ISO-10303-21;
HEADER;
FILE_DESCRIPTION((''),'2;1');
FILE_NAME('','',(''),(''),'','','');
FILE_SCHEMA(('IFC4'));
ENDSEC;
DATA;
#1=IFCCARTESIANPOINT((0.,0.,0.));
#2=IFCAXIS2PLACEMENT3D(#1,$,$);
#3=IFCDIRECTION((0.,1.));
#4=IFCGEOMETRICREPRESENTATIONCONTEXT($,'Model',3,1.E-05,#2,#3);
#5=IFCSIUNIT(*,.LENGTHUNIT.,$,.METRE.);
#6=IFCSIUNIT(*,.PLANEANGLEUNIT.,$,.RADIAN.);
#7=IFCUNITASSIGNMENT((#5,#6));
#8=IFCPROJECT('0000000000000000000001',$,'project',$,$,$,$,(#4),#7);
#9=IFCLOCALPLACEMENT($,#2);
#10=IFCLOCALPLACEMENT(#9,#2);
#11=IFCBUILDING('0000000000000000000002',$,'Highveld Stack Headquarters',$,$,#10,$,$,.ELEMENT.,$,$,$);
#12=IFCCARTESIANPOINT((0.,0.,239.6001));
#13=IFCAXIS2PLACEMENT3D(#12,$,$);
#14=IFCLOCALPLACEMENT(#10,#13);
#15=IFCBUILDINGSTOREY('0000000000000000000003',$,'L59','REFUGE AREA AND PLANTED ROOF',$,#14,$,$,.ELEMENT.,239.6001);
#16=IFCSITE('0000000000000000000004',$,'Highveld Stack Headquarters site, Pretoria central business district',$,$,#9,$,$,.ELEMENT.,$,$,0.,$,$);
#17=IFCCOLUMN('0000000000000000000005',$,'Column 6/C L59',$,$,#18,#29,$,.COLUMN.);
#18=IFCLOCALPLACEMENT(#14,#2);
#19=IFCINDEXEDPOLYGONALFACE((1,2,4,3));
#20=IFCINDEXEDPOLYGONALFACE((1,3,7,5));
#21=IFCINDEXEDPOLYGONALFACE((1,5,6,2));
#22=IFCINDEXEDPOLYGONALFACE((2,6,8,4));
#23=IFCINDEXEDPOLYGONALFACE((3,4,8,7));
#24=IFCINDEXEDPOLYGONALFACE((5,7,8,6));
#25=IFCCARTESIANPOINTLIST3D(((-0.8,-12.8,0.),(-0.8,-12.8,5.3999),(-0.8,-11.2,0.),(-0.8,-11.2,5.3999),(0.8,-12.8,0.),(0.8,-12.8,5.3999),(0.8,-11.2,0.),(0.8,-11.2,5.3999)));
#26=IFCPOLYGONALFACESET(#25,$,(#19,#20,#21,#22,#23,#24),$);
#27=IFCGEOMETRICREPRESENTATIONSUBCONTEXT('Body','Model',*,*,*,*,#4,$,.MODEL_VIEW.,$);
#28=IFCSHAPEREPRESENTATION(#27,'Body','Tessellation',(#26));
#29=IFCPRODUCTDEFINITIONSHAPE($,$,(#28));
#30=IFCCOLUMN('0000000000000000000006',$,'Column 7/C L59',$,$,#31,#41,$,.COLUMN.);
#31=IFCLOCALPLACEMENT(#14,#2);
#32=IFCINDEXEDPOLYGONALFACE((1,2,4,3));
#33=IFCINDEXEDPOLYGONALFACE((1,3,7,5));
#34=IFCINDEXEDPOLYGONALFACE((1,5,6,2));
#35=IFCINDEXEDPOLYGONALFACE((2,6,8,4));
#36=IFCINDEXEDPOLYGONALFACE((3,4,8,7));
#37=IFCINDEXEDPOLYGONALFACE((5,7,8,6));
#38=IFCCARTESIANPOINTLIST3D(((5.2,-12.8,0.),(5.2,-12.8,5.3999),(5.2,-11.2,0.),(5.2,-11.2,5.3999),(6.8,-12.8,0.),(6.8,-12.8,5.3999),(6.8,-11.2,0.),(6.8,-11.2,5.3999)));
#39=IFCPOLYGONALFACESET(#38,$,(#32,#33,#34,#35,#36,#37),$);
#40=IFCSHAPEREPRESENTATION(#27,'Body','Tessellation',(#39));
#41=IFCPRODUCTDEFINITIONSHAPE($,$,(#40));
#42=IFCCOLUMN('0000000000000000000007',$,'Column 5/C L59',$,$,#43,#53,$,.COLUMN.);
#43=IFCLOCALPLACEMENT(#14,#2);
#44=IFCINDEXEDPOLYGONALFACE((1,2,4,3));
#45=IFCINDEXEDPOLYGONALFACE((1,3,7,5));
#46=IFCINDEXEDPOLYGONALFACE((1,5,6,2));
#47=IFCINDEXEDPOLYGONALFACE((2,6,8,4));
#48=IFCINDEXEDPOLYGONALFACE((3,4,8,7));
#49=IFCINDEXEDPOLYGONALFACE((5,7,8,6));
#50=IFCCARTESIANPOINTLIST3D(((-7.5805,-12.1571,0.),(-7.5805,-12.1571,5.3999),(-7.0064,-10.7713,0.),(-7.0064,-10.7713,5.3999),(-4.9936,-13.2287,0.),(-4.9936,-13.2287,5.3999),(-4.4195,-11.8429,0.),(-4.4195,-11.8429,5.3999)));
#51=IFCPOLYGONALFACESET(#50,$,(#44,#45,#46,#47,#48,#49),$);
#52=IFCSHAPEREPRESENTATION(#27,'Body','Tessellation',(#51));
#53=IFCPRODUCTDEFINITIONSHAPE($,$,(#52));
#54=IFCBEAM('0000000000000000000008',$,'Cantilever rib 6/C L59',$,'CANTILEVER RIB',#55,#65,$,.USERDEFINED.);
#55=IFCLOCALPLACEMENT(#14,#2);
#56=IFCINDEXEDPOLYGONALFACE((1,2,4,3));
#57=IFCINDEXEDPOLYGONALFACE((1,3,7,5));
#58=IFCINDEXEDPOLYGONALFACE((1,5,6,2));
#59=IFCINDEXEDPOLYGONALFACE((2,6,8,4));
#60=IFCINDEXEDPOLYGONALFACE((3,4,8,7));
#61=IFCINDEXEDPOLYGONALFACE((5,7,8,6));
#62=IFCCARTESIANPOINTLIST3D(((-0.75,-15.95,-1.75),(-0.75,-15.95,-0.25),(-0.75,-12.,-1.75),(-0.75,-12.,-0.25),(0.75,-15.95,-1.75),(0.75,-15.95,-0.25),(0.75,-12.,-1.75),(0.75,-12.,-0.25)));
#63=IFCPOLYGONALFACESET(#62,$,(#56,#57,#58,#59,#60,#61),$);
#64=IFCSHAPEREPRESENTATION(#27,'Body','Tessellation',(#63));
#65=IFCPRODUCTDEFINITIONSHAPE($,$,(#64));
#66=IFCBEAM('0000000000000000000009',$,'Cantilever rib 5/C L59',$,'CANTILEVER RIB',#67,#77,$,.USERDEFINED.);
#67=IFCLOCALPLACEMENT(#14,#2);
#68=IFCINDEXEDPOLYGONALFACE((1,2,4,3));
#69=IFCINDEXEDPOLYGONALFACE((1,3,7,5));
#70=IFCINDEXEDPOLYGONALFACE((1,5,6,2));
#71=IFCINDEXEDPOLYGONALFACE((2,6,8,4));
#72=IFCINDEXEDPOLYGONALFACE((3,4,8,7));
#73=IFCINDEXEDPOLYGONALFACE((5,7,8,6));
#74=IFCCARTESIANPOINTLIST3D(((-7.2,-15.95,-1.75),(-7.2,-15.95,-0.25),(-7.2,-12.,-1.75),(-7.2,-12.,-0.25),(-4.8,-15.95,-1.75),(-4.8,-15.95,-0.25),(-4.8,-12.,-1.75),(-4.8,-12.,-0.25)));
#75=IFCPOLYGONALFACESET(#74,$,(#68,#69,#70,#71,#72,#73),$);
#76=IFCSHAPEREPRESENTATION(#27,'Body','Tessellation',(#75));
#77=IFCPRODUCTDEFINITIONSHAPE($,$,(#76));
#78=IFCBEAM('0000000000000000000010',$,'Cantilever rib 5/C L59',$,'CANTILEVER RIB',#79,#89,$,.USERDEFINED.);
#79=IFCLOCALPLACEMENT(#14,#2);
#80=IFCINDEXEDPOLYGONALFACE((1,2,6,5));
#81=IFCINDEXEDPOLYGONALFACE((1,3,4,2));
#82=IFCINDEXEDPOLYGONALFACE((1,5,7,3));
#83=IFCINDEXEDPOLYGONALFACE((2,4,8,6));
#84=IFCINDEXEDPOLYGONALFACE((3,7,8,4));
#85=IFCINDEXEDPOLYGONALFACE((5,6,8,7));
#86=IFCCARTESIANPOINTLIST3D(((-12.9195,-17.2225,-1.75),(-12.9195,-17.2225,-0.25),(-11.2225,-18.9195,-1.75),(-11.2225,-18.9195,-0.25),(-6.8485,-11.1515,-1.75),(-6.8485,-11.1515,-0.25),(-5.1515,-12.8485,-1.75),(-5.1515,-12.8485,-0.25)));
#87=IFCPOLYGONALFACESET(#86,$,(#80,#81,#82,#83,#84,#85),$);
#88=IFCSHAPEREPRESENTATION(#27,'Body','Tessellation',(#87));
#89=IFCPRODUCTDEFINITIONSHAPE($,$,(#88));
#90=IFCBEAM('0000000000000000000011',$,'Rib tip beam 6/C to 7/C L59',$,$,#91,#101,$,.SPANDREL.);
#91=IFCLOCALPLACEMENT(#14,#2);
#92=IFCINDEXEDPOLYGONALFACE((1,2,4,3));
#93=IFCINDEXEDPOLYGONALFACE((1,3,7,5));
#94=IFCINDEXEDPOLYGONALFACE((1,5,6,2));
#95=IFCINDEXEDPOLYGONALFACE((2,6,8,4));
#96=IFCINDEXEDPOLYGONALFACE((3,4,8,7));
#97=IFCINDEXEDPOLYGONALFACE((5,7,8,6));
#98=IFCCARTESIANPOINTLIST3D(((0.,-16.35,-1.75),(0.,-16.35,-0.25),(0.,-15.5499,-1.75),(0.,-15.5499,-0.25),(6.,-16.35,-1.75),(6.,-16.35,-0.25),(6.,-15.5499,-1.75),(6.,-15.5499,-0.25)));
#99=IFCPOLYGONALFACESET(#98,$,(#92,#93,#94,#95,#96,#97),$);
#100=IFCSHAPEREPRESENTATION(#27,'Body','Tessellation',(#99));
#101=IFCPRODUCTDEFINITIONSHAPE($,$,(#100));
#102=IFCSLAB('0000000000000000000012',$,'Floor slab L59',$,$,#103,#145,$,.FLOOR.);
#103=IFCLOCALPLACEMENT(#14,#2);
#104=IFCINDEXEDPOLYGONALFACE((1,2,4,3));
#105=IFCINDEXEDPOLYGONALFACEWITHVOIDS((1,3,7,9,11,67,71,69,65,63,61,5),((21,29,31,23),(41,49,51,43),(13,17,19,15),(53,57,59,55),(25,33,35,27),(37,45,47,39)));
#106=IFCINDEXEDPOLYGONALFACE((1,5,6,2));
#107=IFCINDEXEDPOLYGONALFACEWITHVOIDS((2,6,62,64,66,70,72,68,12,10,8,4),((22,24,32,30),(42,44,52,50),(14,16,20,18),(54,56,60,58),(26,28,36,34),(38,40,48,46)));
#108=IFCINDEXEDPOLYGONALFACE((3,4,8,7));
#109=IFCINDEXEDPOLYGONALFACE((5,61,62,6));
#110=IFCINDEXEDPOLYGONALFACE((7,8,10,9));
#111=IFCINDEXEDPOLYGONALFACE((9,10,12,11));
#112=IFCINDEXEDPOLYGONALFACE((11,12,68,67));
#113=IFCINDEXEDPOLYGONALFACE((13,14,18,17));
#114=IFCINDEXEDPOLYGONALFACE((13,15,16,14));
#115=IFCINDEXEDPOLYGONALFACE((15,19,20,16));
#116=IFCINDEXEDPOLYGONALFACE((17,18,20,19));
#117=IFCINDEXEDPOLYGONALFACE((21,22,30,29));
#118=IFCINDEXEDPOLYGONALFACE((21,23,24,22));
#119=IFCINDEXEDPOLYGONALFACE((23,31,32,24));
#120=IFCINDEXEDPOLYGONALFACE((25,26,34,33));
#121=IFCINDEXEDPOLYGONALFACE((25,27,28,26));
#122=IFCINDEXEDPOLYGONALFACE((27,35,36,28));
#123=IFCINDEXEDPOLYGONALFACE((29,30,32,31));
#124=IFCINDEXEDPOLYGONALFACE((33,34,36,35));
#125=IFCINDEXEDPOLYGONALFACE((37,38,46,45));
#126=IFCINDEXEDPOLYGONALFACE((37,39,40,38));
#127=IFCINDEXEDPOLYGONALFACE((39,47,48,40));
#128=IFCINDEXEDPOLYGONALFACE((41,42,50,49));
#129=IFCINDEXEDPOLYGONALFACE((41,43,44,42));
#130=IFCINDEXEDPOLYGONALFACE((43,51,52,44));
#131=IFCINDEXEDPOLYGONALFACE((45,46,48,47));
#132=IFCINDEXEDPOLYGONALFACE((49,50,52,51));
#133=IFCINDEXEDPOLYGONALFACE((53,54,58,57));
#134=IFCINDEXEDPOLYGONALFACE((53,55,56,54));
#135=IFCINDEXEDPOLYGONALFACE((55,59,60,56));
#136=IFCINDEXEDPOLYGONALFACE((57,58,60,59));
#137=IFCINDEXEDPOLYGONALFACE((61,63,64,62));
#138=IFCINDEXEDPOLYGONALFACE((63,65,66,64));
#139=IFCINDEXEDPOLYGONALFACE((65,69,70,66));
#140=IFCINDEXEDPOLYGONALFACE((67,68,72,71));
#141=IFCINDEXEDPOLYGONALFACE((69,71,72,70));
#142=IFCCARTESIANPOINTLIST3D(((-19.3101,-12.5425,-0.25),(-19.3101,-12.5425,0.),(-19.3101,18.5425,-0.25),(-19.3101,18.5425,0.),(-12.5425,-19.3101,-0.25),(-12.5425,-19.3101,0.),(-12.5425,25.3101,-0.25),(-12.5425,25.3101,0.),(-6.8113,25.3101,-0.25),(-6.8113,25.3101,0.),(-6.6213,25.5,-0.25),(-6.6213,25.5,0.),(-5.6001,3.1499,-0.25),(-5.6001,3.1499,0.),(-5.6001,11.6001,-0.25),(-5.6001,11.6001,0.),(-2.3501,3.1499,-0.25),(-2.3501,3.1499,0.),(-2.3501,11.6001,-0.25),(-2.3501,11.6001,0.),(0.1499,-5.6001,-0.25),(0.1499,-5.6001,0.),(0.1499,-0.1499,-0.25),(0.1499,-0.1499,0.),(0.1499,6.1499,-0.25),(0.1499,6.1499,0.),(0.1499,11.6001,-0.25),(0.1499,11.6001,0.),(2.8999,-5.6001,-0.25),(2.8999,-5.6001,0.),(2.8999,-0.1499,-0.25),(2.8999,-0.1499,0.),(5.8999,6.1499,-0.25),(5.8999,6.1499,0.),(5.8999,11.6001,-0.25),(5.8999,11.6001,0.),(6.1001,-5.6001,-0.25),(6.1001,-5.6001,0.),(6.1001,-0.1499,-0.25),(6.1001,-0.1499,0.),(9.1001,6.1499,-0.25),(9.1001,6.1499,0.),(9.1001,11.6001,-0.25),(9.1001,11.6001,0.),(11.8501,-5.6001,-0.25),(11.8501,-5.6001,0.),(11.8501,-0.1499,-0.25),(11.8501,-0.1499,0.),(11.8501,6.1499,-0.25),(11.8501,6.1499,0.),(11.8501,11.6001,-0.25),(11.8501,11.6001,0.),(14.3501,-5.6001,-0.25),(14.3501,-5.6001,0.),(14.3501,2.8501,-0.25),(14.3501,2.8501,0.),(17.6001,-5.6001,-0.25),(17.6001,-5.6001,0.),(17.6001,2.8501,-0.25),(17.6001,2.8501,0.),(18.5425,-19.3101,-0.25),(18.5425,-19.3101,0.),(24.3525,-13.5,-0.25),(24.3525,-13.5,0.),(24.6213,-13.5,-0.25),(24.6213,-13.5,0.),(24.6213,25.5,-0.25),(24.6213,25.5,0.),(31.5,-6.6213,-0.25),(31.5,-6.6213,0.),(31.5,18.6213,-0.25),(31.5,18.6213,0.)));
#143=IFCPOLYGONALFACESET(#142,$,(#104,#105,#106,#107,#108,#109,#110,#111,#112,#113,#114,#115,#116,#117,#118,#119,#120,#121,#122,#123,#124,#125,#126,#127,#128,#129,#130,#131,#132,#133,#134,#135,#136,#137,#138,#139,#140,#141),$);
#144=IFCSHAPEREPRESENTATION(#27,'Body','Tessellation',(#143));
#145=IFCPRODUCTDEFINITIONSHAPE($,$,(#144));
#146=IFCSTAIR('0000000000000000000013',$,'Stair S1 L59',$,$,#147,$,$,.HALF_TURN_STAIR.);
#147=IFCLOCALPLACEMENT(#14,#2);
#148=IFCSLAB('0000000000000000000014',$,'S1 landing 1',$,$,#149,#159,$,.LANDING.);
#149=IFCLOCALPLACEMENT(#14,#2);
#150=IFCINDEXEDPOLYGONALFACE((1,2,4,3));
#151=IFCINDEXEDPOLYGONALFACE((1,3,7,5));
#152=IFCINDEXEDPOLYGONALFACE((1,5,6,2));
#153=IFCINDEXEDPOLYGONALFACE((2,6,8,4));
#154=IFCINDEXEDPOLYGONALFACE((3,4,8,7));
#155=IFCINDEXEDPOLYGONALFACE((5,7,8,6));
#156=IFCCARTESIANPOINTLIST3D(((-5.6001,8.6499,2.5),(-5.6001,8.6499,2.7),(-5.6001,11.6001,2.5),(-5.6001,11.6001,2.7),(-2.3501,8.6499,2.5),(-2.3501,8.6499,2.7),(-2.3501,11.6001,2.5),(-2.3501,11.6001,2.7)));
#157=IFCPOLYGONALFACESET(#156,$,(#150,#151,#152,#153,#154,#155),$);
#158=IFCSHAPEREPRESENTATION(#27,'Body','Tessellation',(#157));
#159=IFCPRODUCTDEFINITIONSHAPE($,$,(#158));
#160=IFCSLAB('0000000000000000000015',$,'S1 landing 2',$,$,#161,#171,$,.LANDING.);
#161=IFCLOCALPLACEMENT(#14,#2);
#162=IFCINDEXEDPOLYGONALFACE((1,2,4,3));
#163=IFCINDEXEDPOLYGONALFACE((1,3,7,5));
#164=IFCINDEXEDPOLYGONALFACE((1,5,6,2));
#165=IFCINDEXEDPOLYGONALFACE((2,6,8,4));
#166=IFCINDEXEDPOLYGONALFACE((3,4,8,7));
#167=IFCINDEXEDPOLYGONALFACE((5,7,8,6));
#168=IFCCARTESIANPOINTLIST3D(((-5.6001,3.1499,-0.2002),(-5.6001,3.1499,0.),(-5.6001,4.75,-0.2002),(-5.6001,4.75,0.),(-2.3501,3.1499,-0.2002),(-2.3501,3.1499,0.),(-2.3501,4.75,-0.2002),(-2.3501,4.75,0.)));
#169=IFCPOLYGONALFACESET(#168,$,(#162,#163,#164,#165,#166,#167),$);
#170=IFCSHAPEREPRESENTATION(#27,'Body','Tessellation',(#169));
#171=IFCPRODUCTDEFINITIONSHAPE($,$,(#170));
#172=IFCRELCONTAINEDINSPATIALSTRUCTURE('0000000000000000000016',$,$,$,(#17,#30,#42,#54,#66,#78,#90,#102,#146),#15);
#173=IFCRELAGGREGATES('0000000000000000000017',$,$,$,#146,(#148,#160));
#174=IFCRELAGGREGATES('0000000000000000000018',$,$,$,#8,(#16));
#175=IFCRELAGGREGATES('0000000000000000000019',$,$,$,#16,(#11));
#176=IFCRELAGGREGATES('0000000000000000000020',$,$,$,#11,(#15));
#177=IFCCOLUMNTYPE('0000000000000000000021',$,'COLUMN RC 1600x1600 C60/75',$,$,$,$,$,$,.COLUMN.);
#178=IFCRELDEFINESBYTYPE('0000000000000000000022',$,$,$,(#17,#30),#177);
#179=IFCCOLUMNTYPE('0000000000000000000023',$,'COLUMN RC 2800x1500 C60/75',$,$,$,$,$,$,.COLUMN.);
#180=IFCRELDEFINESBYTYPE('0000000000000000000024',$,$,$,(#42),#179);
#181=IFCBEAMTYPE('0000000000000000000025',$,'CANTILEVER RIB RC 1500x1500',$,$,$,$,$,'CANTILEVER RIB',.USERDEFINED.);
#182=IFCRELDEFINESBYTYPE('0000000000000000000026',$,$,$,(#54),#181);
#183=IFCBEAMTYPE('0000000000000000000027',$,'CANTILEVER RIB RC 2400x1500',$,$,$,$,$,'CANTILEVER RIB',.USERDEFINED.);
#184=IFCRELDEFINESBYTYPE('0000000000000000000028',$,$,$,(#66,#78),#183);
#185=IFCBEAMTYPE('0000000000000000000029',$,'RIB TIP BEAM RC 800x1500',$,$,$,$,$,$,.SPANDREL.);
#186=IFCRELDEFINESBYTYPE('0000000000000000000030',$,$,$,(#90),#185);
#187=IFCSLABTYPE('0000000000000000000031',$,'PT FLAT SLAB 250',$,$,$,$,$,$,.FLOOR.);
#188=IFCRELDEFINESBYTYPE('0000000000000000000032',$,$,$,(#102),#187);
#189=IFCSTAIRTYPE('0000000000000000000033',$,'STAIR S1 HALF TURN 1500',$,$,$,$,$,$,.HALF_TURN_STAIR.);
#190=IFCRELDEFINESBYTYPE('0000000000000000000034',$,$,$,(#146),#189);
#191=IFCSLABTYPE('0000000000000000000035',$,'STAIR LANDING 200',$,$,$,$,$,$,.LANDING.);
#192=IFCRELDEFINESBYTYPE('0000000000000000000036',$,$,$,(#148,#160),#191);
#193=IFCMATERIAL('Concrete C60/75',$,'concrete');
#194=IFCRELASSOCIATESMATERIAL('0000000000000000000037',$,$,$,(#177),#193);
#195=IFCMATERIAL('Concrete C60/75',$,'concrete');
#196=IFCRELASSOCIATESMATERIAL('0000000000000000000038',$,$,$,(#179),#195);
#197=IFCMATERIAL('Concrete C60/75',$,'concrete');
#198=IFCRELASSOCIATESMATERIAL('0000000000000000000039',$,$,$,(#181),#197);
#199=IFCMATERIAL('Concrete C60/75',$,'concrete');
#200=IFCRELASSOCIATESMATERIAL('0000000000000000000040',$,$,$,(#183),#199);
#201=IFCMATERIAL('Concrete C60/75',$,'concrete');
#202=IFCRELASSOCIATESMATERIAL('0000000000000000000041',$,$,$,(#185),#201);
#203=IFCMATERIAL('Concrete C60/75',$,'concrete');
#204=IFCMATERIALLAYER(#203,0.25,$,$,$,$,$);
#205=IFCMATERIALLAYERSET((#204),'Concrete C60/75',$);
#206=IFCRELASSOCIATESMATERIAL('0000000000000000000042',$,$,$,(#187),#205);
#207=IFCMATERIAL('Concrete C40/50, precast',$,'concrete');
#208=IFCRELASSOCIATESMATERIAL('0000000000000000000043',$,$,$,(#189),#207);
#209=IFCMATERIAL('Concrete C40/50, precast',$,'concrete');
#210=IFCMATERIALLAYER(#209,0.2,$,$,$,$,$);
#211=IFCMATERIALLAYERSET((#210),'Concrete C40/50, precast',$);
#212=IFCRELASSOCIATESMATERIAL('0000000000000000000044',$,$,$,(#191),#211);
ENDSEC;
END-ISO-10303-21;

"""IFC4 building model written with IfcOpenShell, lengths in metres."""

from ifc_helpers import new_model, si_unit, direction, frame, origin, origin_2d, place, context, subcontext, project, spatial, polyline, rectangle, outline, extrude, material, layer, layer_set, material_profile, profile_set, type_object, element, aggregate, save


model = new_model("IFC4")

# Units and contexts
model_context = context("Model", 3, precision=1e-05, world=origin(), true_north=direction((0.0, 1.0)))
body_context = subcontext(model_context, "Body", "Model", "MODEL_VIEW")
ifc_project = project(units=[si_unit("LENGTHUNIT", "METRE"), si_unit("PLANEANGLEUNIT", "RADIAN")], contexts=[model_context])

# Site, building, storey
site_placement = place(None, origin())
site = spatial("IfcSite", under=ifc_project, at=site_placement, Name="Highveld Stack Headquarters site, Pretoria central business district", CompositionType="ELEMENT", RefElevation=0.0)
building_placement = place(site_placement, origin())
building = spatial("IfcBuilding", under=site, at=building_placement, Name="Highveld Stack Headquarters", CompositionType="ELEMENT")
storey_placement = place(building_placement, frame((0.0, 0.0, 239.6001)))
storey = spatial("IfcBuildingStorey", under=building, at=storey_placement, Name="L59", Description="REFUGE AREA AND PLANTED ROOF", CompositionType="ELEMENT", Elevation=239.6001)

# Columns
ifc_material_1 = material(Name="Concrete C60/75", Category="concrete")
ifc_material_profile_1 = material_profile(ifc_material_1, rectangle(XDim=1.6001, YDim=1.6001, at=origin_2d()), Name="RC 1600x1600")
ifc_profile_set_1 = profile_set([ifc_material_profile_1], Name="Concrete C60/75")
column_type_1 = type_object("IfcColumnType", Name="COLUMN RC 1600x1600 C60/75", PredefinedType="COLUMN", material=ifc_profile_set_1)
for number, where, z_axis, x_axis, name in (
    (1, (0.0, -12.0, 0.0), (0.0, 0.0, 1.0), (1.0, 0.0, 0.0), "Column 6/C L59"),
    (2, (6.0, -12.0, 0.0), (0.0, 0.0, 1.0), (1.0, 0.0, 0.0), "Column 7/C L59"),
):
    element("IfcColumn", number, at=place(storey_placement, frame(where, z_axis=z_axis, x_axis=x_axis)), inside=storey, type_object=column_type_1, Name=name, PredefinedType="COLUMN", context=body_context, shape_type="SweptSolid", body=[
        extrude(rectangle(XDim=1.6001, YDim=1.6001, at=origin_2d()), origin(), (0.0, 0.0, 1.0), 5.3999),
    ])
ifc_material_2 = material(Name="Concrete C60/75", Category="concrete")
ifc_material_profile_2 = material_profile(ifc_material_2, rectangle(XDim=2.8, YDim=1.5, at=origin_2d()), Name="RC 2800x1500")
ifc_profile_set_2 = profile_set([ifc_material_profile_2], Name="Concrete C60/75")
column_type_2 = type_object("IfcColumnType", Name="COLUMN RC 2800x1500 C60/75", PredefinedType="COLUMN", material=ifc_profile_set_2)
column_placement = place(storey_placement, frame((-6.0, -12.0, 0.0), z_axis=(0.0, 0.0, 1.0), x_axis=(-0.92388, 0.382683, 0.0)))
element("IfcColumn", 3, at=column_placement, inside=storey, type_object=column_type_2, Name="Column 5/C L59", PredefinedType="COLUMN", context=body_context, shape_type="SweptSolid", body=[
    extrude(rectangle(XDim=2.8, YDim=1.5, at=origin_2d()), origin(), (0.0, 0.0, 1.0), 5.3999),
])

# Beams
ifc_material_3 = material(Name="Concrete C60/75", Category="concrete")
ifc_material_profile_3 = material_profile(ifc_material_3, rectangle(XDim=1.5, YDim=1.5, at=origin_2d()), Name="RC 1500x1500")
ifc_profile_set_3 = profile_set([ifc_material_profile_3], Name="Concrete C60/75")
beam_type_1 = type_object("IfcBeamType", Name="CANTILEVER RIB RC 1500x1500", ElementType="CANTILEVER RIB", PredefinedType="USERDEFINED", material=ifc_profile_set_3)
beam_1_placement = place(storey_placement, frame((0.0, -12.0, -1.0), z_axis=(0.0, -1.0, 0.0), x_axis=(1.0, 0.0, 0.0)))
element("IfcBeam", 4, at=beam_1_placement, inside=storey, type_object=beam_type_1, Name="Cantilever rib 6/C L59", ObjectType="CANTILEVER RIB", PredefinedType="USERDEFINED", context=body_context, shape_type="SweptSolid", body=[
    extrude(rectangle(XDim=1.5, YDim=1.5, at=origin_2d()), origin(), (0.0, 0.0, 1.0), 3.95),
])
ifc_material_4 = material(Name="Concrete C60/75", Category="concrete")
ifc_material_profile_4 = material_profile(ifc_material_4, rectangle(XDim=2.3999, YDim=1.5, at=origin_2d()), Name="RC 2400x1500")
ifc_profile_set_4 = profile_set([ifc_material_profile_4], Name="Concrete C60/75")
beam_type_2 = type_object("IfcBeamType", Name="CANTILEVER RIB RC 2400x1500", ElementType="CANTILEVER RIB", PredefinedType="USERDEFINED", material=ifc_profile_set_4)
beam_2_placement = place(storey_placement, frame((-6.0, -12.0, -1.0), z_axis=(0.0, -1.0, 0.0), x_axis=(1.0, 0.0, 0.0)))
element("IfcBeam", 5, at=beam_2_placement, inside=storey, type_object=beam_type_2, Name="Cantilever rib 5/C L59", ObjectType="CANTILEVER RIB", PredefinedType="USERDEFINED", context=body_context, shape_type="SweptSolid", body=[
    extrude(rectangle(XDim=2.3999, YDim=1.5, at=origin_2d()), origin(), (0.0, 0.0, 1.0), 3.95),
])
beam_3_placement = place(storey_placement, frame((-6.0, -12.0, -1.0), z_axis=(-0.707107, -0.707107, 0.0), x_axis=(0.707107, -0.707107, 0.0)))
element("IfcBeam", 6, at=beam_3_placement, inside=storey, type_object=beam_type_2, Name="Cantilever rib 5/C L59", ObjectType="CANTILEVER RIB", PredefinedType="USERDEFINED", context=body_context, shape_type="SweptSolid", body=[
    extrude(rectangle(XDim=2.3999, YDim=1.5, at=origin_2d()), origin(), (0.0, 0.0, 1.0), 8.5857),
])
ifc_material_5 = material(Name="Concrete C60/75", Category="concrete")
ifc_material_profile_5 = material_profile(ifc_material_5, rectangle(XDim=0.8, YDim=1.5, at=origin_2d()), Name="RC 800x1500")
ifc_profile_set_5 = profile_set([ifc_material_profile_5], Name="Concrete C60/75")
beam_type_3 = type_object("IfcBeamType", Name="RIB TIP BEAM RC 800x1500", PredefinedType="SPANDREL", material=ifc_profile_set_5)
beam_4_placement = place(storey_placement, frame((0.0, -15.95, -1.0), z_axis=(1.0, 0.0, 0.0), x_axis=(0.0, 1.0, 0.0)))
element("IfcBeam", 7, at=beam_4_placement, inside=storey, type_object=beam_type_3, Name="Rib tip beam 6/C to 7/C L59", PredefinedType="SPANDREL", context=body_context, shape_type="SweptSolid", body=[
    extrude(rectangle(XDim=0.8, YDim=1.5, at=origin_2d()), origin(), (0.0, 0.0, 1.0), 6.0),
])

# Slab
ifc_material_6 = material(Name="Concrete C60/75", Category="concrete")
ifc_layer_1 = layer(ifc_material_6, 0.25)
ifc_layer_set_1 = layer_set([ifc_layer_1], Name="Concrete C60/75")
slab_type_1 = type_object("IfcSlabType", Name="PT FLAT SLAB 250", PredefinedType="FLOOR", material=ifc_layer_set_1)
slab_1_placement = place(storey_placement, frame((0.0, 0.0, -0.25)))
element("IfcSlab", 8, at=slab_1_placement, inside=storey, type_object=slab_type_1, Name="Floor slab L59", PredefinedType="FLOOR", context=body_context, shape_type="SweptSolid", body=[
    extrude(outline(polyline([(-6.6213, 25.5), (24.6213, 25.5), (31.5, 18.6213), (31.5, -6.6213), (24.6213, -13.5), (24.3525, -13.5), (18.5425, -19.3101), (-12.5425, -19.3101), (-19.3101, -12.5425), (-19.3101, 18.5425), (-12.5425, 25.3101), (-6.8113, 25.3101), (-6.6213, 25.5)]), holes=[polyline([(0.1499, 6.1499), (5.8999, 6.1499), (5.8999, 11.6001), (0.1499, 11.6001), (0.1499, 6.1499)]), polyline([(9.1001, 6.1499), (11.8501, 6.1499), (11.8501, 11.6001), (9.1001, 11.6001), (9.1001, 6.1499)]), polyline([(6.1001, -5.6001), (11.8501, -5.6001), (11.8501, -0.1499), (6.1001, -0.1499), (6.1001, -5.6001)]), polyline([(0.1499, -5.6001), (2.8999, -5.6001), (2.8999, -0.1499), (0.1499, -0.1499), (0.1499, -5.6001)]), polyline([(-5.6001, 3.1499), (-2.3501, 3.1499), (-2.3501, 11.6001), (-5.6001, 11.6001), (-5.6001, 3.1499)]), polyline([(14.3501, -5.6001), (17.6001, -5.6001), (17.6001, 2.8501), (14.3501, 2.8501), (14.3501, -5.6001)])]), origin(), (0.0, 0.0, 1.0), 0.25),
])

# Stair, slabs
ifc_material_7 = material(Name="Concrete C40/50, precast", Category="concrete")
stair_type_1 = type_object("IfcStairType", Name="STAIR S1 HALF TURN 1500", PredefinedType="HALF_TURN_STAIR", material=ifc_material_7)
stair_1_placement = place(storey_placement, origin())
stair_1 = element("IfcStair", 9, at=stair_1_placement, inside=storey, type_object=stair_type_1, Name="Stair S1 L59", PredefinedType="HALF_TURN_STAIR")
ifc_material_8 = material(Name="Concrete C40/50, precast", Category="concrete")
ifc_layer_2 = layer(ifc_material_8, 0.2)
ifc_layer_set_2 = layer_set([ifc_layer_2], Name="Concrete C40/50, precast")
slab_type_2 = type_object("IfcSlabType", Name="STAIR LANDING 200", PredefinedType="LANDING", material=ifc_layer_set_2)
slab_2_placement = place(storey_placement, frame((0.0, 0.0, 2.5)))
slab_2 = element("IfcSlab", 10, at=slab_2_placement, type_object=slab_type_2, Name="S1 landing 1", PredefinedType="LANDING", context=body_context, shape_type="SweptSolid", body=[
    extrude(outline(polyline([(-5.6001, 8.6499), (-2.3501, 8.6499), (-2.3501, 11.6001), (-5.6001, 11.6001), (-5.6001, 8.6499)])), origin(), (0.0, 0.0, 1.0), 0.2),
])
slab_3_placement = place(storey_placement, frame((0.0, 0.0, -0.2002)))
slab_3 = element("IfcSlab", 11, at=slab_3_placement, type_object=slab_type_2, Name="S1 landing 2", PredefinedType="LANDING", context=body_context, shape_type="SweptSolid", body=[
    extrude(outline(polyline([(-5.6001, 3.1499), (-2.3501, 3.1499), (-2.3501, 4.75), (-5.6001, 4.75), (-5.6001, 3.1499)])), origin(), (0.0, 0.0, 1.0), 0.2002),
])
aggregate(stair_1, [slab_2, slab_3])

save(model, "model.ifc")
